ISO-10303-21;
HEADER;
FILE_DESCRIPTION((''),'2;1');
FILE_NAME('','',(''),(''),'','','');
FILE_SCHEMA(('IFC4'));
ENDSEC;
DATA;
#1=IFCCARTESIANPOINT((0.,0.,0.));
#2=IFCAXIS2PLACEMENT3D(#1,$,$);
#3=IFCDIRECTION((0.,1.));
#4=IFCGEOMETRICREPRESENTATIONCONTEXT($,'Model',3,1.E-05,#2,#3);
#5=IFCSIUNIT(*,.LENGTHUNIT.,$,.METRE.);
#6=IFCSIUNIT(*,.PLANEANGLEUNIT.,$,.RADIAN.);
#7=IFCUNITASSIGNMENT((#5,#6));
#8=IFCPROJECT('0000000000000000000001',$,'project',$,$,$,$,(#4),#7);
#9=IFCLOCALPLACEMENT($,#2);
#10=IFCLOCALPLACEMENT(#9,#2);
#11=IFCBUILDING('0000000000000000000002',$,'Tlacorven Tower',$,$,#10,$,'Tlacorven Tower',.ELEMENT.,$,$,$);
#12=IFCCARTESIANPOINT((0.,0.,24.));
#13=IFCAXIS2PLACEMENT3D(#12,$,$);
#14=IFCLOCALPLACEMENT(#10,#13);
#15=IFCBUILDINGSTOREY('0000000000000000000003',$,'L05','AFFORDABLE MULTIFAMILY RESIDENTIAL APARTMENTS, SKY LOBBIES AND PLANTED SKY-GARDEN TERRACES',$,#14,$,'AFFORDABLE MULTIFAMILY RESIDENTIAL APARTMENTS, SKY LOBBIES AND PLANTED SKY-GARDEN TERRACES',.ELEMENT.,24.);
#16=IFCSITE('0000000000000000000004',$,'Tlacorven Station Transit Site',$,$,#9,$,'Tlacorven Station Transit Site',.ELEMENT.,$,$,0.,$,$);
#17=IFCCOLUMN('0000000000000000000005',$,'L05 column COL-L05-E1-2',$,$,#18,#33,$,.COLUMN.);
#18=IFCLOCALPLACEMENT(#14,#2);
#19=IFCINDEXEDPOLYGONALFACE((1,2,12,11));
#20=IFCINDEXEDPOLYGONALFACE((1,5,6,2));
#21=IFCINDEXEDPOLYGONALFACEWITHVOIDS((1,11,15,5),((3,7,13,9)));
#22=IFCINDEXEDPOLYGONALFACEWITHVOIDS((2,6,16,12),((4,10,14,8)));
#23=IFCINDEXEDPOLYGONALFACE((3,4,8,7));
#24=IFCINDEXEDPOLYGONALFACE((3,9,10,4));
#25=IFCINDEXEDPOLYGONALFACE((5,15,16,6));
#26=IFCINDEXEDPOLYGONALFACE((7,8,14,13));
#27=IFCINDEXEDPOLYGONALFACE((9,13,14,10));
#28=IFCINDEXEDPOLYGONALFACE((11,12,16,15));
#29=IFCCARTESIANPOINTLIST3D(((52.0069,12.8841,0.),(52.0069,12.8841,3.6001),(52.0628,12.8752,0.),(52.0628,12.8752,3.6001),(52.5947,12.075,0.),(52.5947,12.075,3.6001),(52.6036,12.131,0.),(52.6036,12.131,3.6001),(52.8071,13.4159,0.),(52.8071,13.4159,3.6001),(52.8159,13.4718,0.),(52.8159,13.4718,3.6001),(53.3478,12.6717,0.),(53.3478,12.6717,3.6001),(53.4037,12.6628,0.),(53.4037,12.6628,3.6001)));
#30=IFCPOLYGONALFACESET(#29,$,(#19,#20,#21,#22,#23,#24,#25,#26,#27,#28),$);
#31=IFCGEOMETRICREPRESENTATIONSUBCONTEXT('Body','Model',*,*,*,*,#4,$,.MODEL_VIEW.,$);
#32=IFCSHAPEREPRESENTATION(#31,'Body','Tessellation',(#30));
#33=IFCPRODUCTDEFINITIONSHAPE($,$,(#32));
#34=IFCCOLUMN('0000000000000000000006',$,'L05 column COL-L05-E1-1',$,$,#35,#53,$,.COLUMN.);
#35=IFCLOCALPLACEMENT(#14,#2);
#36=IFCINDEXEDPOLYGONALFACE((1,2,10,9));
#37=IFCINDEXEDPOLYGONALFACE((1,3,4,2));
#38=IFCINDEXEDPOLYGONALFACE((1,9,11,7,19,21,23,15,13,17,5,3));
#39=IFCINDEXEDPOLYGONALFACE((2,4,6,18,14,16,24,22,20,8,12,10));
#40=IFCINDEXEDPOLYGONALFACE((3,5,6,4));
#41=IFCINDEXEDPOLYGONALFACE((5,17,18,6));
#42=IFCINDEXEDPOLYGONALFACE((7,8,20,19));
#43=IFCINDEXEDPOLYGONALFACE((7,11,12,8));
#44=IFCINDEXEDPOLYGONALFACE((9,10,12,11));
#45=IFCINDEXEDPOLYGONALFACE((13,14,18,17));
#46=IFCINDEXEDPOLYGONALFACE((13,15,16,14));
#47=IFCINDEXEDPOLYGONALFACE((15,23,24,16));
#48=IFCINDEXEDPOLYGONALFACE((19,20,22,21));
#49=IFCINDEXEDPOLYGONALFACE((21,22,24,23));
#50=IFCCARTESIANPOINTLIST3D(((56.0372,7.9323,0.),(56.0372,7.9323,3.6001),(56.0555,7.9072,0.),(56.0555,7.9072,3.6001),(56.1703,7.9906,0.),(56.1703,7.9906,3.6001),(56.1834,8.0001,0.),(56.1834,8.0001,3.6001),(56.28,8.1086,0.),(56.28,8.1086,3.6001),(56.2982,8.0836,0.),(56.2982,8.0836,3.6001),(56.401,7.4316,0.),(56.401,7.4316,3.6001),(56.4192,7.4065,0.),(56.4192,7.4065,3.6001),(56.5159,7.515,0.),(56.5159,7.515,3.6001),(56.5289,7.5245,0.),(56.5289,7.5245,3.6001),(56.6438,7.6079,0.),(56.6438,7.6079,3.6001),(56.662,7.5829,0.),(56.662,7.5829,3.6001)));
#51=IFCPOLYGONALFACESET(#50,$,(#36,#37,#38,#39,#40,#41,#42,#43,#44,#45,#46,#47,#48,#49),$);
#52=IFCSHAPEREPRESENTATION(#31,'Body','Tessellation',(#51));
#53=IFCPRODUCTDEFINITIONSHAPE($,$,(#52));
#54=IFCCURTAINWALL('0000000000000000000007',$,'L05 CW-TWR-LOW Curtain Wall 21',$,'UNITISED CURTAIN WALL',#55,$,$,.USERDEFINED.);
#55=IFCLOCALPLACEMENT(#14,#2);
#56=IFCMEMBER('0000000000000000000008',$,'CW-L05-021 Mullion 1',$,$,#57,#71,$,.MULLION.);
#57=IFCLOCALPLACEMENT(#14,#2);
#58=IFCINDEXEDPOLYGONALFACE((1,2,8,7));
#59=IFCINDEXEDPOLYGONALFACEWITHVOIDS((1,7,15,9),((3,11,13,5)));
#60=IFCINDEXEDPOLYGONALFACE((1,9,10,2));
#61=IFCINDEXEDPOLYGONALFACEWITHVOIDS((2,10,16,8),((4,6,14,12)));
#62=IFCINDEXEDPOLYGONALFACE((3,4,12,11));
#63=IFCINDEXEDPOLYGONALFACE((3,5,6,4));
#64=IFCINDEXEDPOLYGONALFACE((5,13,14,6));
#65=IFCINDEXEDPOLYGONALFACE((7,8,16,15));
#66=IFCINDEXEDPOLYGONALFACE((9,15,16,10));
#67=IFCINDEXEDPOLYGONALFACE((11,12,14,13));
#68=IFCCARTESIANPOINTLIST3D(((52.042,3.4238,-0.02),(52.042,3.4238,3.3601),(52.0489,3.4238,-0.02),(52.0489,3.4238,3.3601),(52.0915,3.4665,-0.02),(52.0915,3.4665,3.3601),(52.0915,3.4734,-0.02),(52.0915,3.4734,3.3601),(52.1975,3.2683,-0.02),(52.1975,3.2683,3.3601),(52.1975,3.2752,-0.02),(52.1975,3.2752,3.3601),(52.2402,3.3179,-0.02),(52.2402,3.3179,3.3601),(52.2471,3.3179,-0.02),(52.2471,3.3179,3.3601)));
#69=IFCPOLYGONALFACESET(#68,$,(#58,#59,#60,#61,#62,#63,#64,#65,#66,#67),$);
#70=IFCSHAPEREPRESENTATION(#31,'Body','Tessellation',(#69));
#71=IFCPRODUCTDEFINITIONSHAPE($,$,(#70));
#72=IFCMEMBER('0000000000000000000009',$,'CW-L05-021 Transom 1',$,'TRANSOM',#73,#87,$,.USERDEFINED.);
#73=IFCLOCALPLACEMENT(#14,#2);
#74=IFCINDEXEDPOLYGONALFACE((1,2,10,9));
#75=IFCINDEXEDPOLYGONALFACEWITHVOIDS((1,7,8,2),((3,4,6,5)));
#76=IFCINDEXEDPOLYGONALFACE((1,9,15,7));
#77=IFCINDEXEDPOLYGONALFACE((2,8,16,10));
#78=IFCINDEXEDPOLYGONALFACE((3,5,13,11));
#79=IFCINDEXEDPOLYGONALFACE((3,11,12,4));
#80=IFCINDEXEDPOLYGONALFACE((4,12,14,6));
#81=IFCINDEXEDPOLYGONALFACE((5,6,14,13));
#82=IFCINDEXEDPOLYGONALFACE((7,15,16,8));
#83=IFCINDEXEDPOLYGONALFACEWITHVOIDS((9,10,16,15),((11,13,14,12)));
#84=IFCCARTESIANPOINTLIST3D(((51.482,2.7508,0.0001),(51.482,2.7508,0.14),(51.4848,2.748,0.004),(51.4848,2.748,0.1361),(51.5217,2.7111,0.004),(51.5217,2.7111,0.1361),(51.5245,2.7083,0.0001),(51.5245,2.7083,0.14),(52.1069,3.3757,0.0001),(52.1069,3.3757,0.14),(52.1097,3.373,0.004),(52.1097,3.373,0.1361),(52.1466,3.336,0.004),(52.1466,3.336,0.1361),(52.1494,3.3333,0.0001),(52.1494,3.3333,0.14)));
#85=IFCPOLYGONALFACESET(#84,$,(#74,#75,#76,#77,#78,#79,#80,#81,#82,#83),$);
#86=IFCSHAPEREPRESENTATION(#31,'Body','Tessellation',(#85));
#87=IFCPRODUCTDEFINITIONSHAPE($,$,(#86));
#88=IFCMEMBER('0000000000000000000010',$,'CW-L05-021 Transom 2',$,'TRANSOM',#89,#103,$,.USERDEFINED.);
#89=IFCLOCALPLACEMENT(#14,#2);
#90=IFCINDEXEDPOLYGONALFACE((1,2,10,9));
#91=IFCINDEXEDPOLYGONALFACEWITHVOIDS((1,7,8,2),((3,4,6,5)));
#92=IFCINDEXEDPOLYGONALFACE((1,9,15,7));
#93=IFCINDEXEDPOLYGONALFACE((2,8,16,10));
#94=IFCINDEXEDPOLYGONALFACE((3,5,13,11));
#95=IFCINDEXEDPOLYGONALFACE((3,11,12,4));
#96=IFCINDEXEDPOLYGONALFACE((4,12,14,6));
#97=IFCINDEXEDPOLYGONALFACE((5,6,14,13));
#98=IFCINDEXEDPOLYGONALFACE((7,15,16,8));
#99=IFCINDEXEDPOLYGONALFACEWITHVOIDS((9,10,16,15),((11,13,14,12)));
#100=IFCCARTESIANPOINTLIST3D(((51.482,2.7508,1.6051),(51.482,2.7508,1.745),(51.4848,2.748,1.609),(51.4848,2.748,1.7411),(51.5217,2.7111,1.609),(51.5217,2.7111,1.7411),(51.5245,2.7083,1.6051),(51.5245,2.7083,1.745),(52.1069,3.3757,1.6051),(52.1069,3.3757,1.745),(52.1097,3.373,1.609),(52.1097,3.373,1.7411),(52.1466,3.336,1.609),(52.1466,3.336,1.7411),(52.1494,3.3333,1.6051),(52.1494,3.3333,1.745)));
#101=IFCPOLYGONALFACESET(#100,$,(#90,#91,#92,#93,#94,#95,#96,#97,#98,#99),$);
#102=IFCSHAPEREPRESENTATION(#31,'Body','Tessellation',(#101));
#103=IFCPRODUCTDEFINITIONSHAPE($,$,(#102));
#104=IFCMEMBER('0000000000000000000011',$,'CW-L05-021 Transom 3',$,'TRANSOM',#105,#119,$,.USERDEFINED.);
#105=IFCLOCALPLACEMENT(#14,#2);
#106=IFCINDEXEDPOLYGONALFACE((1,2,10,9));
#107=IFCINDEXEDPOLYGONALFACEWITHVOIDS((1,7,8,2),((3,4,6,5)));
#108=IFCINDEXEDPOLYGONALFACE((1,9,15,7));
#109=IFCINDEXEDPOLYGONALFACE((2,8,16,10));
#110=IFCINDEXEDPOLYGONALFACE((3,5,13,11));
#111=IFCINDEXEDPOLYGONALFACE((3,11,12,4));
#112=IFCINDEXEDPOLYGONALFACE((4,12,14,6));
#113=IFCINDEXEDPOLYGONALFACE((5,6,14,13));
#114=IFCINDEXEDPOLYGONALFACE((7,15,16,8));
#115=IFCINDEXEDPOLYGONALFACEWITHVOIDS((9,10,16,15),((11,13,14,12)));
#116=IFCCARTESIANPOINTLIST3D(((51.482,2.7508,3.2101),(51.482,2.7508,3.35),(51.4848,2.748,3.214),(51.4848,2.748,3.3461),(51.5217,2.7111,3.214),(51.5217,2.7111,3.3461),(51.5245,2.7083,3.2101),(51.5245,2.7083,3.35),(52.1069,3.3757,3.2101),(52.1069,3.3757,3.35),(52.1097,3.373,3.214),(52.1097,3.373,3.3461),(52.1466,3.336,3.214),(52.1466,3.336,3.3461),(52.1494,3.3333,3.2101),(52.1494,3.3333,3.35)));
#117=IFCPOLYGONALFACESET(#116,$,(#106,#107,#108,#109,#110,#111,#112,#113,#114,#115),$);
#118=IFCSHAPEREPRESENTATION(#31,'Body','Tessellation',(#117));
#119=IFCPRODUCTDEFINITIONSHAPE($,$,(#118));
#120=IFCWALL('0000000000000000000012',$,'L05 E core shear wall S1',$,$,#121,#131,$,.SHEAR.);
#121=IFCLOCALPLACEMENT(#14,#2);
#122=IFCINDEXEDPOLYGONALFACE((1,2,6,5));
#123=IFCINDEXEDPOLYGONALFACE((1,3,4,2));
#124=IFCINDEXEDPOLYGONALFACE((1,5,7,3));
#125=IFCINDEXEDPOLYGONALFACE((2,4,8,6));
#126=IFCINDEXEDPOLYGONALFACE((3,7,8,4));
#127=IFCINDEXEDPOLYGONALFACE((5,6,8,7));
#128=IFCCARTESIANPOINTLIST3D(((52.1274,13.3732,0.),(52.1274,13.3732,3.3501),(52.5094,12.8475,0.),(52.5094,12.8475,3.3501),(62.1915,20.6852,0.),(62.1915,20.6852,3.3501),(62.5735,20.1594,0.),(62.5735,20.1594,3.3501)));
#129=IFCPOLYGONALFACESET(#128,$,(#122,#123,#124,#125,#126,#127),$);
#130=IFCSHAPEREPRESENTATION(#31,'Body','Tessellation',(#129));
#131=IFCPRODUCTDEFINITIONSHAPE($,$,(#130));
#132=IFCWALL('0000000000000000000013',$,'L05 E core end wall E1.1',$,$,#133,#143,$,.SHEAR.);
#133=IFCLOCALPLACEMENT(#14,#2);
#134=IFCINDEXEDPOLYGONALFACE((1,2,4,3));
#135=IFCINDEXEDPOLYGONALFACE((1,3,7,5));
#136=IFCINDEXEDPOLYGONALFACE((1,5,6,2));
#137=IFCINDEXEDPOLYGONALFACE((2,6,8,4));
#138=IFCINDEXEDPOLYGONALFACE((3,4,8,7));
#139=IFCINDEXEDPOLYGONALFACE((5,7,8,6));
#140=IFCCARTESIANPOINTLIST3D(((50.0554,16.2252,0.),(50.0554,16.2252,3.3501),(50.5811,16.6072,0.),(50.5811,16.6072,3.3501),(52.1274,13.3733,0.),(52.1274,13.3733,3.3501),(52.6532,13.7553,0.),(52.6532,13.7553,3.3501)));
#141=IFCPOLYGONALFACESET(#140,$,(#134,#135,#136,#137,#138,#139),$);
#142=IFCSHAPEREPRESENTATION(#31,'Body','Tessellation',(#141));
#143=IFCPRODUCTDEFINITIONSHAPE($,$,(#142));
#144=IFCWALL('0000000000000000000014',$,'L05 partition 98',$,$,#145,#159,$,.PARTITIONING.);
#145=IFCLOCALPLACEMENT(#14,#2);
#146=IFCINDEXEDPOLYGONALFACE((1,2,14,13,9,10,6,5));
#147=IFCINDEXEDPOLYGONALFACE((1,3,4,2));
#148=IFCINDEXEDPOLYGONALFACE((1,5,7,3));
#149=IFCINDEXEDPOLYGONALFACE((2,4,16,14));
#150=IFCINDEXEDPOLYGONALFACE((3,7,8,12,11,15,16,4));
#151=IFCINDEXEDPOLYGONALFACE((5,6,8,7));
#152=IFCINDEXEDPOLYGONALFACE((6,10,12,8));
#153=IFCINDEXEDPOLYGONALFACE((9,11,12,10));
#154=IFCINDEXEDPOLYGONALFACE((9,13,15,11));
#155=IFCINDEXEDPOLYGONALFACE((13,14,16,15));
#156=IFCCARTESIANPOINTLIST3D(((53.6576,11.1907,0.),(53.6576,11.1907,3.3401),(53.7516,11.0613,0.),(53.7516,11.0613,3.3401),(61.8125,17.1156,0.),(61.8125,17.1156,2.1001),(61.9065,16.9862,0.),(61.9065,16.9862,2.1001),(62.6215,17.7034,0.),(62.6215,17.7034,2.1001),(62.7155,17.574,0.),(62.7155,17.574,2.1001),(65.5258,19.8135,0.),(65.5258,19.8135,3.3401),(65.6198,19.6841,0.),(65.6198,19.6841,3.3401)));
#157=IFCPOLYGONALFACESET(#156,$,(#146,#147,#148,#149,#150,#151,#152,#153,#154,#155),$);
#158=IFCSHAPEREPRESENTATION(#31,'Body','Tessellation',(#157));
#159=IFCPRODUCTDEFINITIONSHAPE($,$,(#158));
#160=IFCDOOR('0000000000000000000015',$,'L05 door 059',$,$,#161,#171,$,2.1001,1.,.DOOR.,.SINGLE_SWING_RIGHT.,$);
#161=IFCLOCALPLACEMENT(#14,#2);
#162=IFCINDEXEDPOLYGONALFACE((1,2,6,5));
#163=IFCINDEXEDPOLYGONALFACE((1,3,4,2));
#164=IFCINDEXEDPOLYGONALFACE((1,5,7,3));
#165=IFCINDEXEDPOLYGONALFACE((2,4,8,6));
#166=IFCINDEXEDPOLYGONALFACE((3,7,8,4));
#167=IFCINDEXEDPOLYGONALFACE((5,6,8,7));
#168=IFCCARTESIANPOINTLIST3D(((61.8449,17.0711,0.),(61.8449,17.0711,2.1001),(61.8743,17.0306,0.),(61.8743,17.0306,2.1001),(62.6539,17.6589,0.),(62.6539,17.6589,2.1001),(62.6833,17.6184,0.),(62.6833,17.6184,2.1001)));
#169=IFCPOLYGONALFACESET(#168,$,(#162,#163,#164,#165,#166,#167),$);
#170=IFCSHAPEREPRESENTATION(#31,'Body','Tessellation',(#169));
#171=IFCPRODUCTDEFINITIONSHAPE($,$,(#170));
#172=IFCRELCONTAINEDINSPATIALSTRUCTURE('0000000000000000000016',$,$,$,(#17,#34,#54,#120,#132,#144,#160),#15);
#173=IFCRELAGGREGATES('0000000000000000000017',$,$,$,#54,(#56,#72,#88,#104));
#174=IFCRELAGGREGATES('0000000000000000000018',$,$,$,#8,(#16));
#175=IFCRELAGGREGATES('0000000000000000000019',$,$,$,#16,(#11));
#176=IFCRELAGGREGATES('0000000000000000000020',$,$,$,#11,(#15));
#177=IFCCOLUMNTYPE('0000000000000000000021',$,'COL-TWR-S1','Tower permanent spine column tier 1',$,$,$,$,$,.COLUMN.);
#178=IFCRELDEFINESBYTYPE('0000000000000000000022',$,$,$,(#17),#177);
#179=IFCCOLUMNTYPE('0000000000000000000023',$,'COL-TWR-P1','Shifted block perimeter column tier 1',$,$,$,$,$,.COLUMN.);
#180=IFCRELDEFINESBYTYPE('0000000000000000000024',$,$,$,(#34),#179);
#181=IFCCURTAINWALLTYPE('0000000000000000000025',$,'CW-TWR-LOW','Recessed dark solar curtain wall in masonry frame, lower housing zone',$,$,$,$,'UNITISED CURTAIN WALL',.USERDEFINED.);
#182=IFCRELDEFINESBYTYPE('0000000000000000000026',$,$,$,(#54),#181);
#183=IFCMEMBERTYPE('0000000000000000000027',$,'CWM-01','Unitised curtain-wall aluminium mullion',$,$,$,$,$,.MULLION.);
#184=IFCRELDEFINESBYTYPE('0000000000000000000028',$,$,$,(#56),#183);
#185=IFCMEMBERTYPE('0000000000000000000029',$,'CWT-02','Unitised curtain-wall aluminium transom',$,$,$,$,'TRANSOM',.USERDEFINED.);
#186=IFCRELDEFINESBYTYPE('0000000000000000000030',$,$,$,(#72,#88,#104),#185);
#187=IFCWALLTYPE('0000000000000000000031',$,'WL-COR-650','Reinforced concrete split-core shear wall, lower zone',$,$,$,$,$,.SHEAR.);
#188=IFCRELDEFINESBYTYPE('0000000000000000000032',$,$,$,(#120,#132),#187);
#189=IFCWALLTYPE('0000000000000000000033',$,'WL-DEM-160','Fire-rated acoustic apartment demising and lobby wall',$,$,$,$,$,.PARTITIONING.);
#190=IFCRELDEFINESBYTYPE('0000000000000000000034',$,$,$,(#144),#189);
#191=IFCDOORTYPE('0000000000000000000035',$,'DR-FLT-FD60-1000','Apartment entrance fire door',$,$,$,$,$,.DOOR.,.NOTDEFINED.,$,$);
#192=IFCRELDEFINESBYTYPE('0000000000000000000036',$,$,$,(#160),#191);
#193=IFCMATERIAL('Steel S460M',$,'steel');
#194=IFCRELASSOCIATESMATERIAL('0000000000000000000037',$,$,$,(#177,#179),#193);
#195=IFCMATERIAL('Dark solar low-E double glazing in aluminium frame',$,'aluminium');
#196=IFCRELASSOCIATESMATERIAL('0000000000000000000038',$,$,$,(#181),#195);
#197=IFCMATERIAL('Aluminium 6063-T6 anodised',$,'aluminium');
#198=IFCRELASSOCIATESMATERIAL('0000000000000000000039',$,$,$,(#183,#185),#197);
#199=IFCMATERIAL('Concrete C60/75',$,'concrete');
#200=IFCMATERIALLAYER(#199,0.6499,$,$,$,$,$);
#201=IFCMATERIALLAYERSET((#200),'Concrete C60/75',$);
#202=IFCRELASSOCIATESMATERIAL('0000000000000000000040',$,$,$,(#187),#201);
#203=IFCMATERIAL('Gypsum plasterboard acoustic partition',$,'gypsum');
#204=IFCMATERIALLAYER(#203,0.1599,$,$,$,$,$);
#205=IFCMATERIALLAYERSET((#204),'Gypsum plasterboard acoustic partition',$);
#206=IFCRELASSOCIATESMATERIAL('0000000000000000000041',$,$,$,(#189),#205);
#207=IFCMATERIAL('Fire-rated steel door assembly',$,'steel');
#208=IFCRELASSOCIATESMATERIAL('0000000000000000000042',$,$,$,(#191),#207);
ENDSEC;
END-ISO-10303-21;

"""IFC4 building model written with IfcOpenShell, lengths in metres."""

from ifc_helpers import new_model, si_unit, direction, frame, frame_2d, origin, origin_2d, place, context, subcontext, project, spatial, rectangle, hollow_rectangle, i_section, extrude, source, transform, mapped, material, layer, layer_set, material_profile, profile_set, type_object, element, fill, aggregate, save


model = new_model("IFC4")

# Units and contexts
model_context = context("Model", 3, precision=1e-05, world=origin(), true_north=direction((0.0, 1.0)))
body_context = subcontext(model_context, "Body", "Model", "MODEL_VIEW")
ifc_project = project(units=[si_unit("LENGTHUNIT", "METRE"), si_unit("PLANEANGLEUNIT", "RADIAN")], contexts=[model_context])

# Site, building, storey
site_placement = place(None, origin())
site = spatial("IfcSite", under=ifc_project, at=site_placement, Name="Tlacorven Station Transit Site", LongName="Tlacorven Station Transit Site", CompositionType="ELEMENT", RefElevation=0.0)
building_placement = place(site_placement, origin())
building = spatial("IfcBuilding", under=site, at=building_placement, Name="Tlacorven Tower", LongName="Tlacorven Tower", CompositionType="ELEMENT")
storey_placement = place(building_placement, frame((0.0, 0.0, 24.0)))
storey = spatial("IfcBuildingStorey", under=building, at=storey_placement, Name="L05", Description="AFFORDABLE MULTIFAMILY RESIDENTIAL APARTMENTS, SKY LOBBIES AND PLANTED SKY-GARDEN TERRACES", LongName="AFFORDABLE MULTIFAMILY RESIDENTIAL APARTMENTS, SKY LOBBIES AND PLANTED SKY-GARDEN TERRACES", CompositionType="ELEMENT", Elevation=24.0)

# Columns
ifc_material_1 = material(Name="Steel S460M", Category="steel")
ifc_material_profile_1 = material_profile(ifc_material_1, hollow_rectangle(XDim=1.0, YDim=1.0, WallThickness=0.04, at=origin_2d()), Name="BOX 1000X1000X40")
ifc_profile_set_1 = profile_set([ifc_material_profile_1], Name="Steel S460M")
column_type_1 = type_object("IfcColumnType", Name="COL-TWR-S1", Description="Tower permanent spine column tier 1", PredefinedType="COLUMN", material=ifc_profile_set_1)
shared_shape_1 = source(origin(), body_context, "Body", "SweptSolid", [
    extrude(hollow_rectangle(XDim=1.0, YDim=1.0, WallThickness=0.04, at=origin_2d()), origin(), (0.0, 0.0, 1.0), 3.6001),
])
column_1_placement = place(storey_placement, frame((52.7053, 12.7734, 0.0), z_axis=(0.0, 0.0, 1.0), x_axis=(0.809017, 0.587785, 0.0)))
element("IfcColumn", 1, at=column_1_placement, inside=storey, type_object=column_type_1, Name="L05 column COL-L05-E1-2", PredefinedType="COLUMN", context=body_context, shape_type="MappedRepresentation", body=[
    mapped(shared_shape_1, transform((0.0, 0.0, 0.0), scale=1.0)),
])
ifc_material_profile_2 = material_profile(ifc_material_1, i_section(OverallWidth=0.3, OverallDepth=0.6499, WebThickness=0.0161, FlangeThickness=0.031, at=origin_2d()), Name="HEB 650")
ifc_profile_set_2 = profile_set([ifc_material_profile_2], Name="Steel S460M")
column_type_2 = type_object("IfcColumnType", Name="COL-TWR-P1", Description="Shifted block perimeter column tier 1", PredefinedType="COLUMN", material=ifc_profile_set_2)
shared_shape_2 = source(origin(), body_context, "Body", "SweptSolid", [
    extrude(i_section(OverallWidth=0.3, OverallDepth=0.6499, WebThickness=0.0161, FlangeThickness=0.031, at=origin_2d()), origin(), (0.0, 0.0, 1.0), 3.6001),
])
column_2_placement = place(storey_placement, frame((56.3496, 7.7576, 0.0), z_axis=(0.0, 0.0, 1.0), x_axis=(0.809017, 0.587785, 0.0)))
element("IfcColumn", 2, at=column_2_placement, inside=storey, type_object=column_type_2, Name="L05 column COL-L05-E1-1", PredefinedType="COLUMN", context=body_context, shape_type="MappedRepresentation", body=[
    mapped(shared_shape_2, transform((0.0, 0.0, 0.0), scale=1.0)),
])

# Curtain wall, members
ifc_material_2 = material(Name="Dark solar low-E double glazing in aluminium frame", Category="aluminium")
curtain_wall_type = type_object("IfcCurtainWallType", Name="CW-TWR-LOW", Description="Recessed dark solar curtain wall in masonry frame, lower housing zone", ElementType="UNITISED CURTAIN WALL", PredefinedType="USERDEFINED", material=ifc_material_2)
curtain_wall_placement = place(storey_placement, origin())
curtain_wall = element("IfcCurtainWall", 3, at=curtain_wall_placement, inside=storey, type_object=curtain_wall_type, Name="L05 CW-TWR-LOW Curtain Wall 21", ObjectType="UNITISED CURTAIN WALL", PredefinedType="USERDEFINED")
ifc_material_3 = material(Name="Aluminium 6063-T6 anodised", Category="aluminium")
ifc_material_profile_3 = material_profile(ifc_material_3, hollow_rectangle(XDim=0.0701, YDim=0.22, WallThickness=0.0049, at=origin_2d()), Name="ALU MULLION 70X220")
ifc_profile_set_3 = profile_set([ifc_material_profile_3], Name="Aluminium 6063-T6 anodised")
member_type_1 = type_object("IfcMemberType", Name="CWM-01", Description="Unitised curtain-wall aluminium mullion", PredefinedType="MULLION", material=ifc_profile_set_3)
shared_shape_3 = source(origin(), body_context, "Body", "SweptSolid", [
    extrude(hollow_rectangle(XDim=0.0701, YDim=0.22, WallThickness=0.0049, at=origin_2d()), origin(), (0.0, 0.0, 1.0), 3.3801),
])
member_1_placement = place(storey_placement, frame((52.1445, 3.3708, -0.02), z_axis=(0.0, 0.0, 1.0), x_axis=(-0.707107, -0.707107, 0.0)))
member_1 = element("IfcMember", 4, at=member_1_placement, type_object=member_type_1, Name="CW-L05-021 Mullion 1", PredefinedType="MULLION", context=body_context, shape_type="MappedRepresentation", body=[
    mapped(shared_shape_3, transform((0.0, 0.0, 0.0), scale=1.0)),
])
ifc_material_profile_4 = material_profile(ifc_material_3, hollow_rectangle(XDim=0.0601, YDim=0.1399, WallThickness=0.0039, at=origin_2d()), Name="ALU TRANSOM 60X140")
ifc_profile_set_4 = profile_set([ifc_material_profile_4], Name="Aluminium 6063-T6 anodised")
member_type_2 = type_object("IfcMemberType", Name="CWT-02", Description="Unitised curtain-wall aluminium transom", ElementType="TRANSOM", PredefinedType="USERDEFINED", material=ifc_profile_set_4)
shared_shape_4 = source(origin(), body_context, "Body", "SweptSolid", [
    extrude(hollow_rectangle(XDim=0.0601, YDim=0.1399, WallThickness=0.0039, at=origin_2d()), origin(), (0.0, 0.0, 1.0), 0.8838),
])
member_2_placement = place(storey_placement, frame((52.1282, 3.3545, 0.0701), z_axis=(-0.707107, -0.707107, 0.0), x_axis=(0.707107, -0.707107, 0.0)))
member_2 = element("IfcMember", 5, at=member_2_placement, type_object=member_type_2, Name="CW-L05-021 Transom 1", ObjectType="TRANSOM", PredefinedType="USERDEFINED", context=body_context, shape_type="MappedRepresentation", body=[
    mapped(shared_shape_4, transform((0.0, 0.0, 0.0), scale=1.0)),
])
member_3_placement = place(storey_placement, frame((52.1282, 3.3545, 1.675), z_axis=(-0.707107, -0.707107, 0.0), x_axis=(0.707107, -0.707107, 0.0)))
member_3 = element("IfcMember", 6, at=member_3_placement, type_object=member_type_2, Name="CW-L05-021 Transom 2", ObjectType="TRANSOM", PredefinedType="USERDEFINED", context=body_context, shape_type="MappedRepresentation", body=[
    mapped(shared_shape_4, transform((0.0, 0.0, 0.0), scale=1.0)),
])
member_4_placement = place(storey_placement, frame((52.1282, 3.3545, 3.28), z_axis=(-0.707107, -0.707107, 0.0), x_axis=(0.707107, -0.707107, 0.0)))
member_4 = element("IfcMember", 7, at=member_4_placement, type_object=member_type_2, Name="CW-L05-021 Transom 3", ObjectType="TRANSOM", PredefinedType="USERDEFINED", context=body_context, shape_type="MappedRepresentation", body=[
    mapped(shared_shape_4, transform((0.0, 0.0, 0.0), scale=1.0)),
])
aggregate(curtain_wall, [member_1, member_2, member_3, member_4])

# Walls
ifc_material_4 = material(Name="Concrete C60/75", Category="concrete")
ifc_layer_1 = layer(ifc_material_4, 0.6499)
ifc_layer_set_1 = layer_set([ifc_layer_1], Name="Concrete C60/75")
wall_type_1 = type_object("IfcWallType", Name="WL-COR-650", Description="Reinforced concrete split-core shear wall, lower zone", PredefinedType="SHEAR", material=ifc_layer_set_1)
wall_1_placement = place(storey_placement, frame((52.3184, 13.1104, 0.0), z_axis=(0.0, 0.0, 1.0), x_axis=(0.809019, 0.587782, 0.0)))
element("IfcWall", 8, at=wall_1_placement, inside=storey, type_object=wall_type_1, Name="L05 E core shear wall S1", PredefinedType="SHEAR", context=body_context, shape_type="SweptSolid", body=[
    extrude(rectangle(XDim=12.4399, YDim=0.6499, at=frame_2d((6.22, 0.0))), origin(), (0.0, 0.0, 1.0), 3.3501),
])
wall_2_placement = place(storey_placement, frame((52.3904, 13.5642, 0.0), z_axis=(0.0, 0.0, 1.0), x_axis=(-0.587797, 0.809009, 0.0)))
element("IfcWall", 9, at=wall_2_placement, inside=storey, type_object=wall_type_1, Name="L05 E core end wall E1.1", PredefinedType="SHEAR", context=body_context, shape_type="SweptSolid", body=[
    extrude(rectangle(XDim=3.5251, YDim=0.6499, at=frame_2d((1.7627, 0.0))), origin(), (0.0, 0.0, 1.0), 3.3501),
])

# Wall, opening, door
ifc_material_5 = material(Name="Gypsum plasterboard acoustic partition", Category="gypsum")
ifc_layer_2 = layer(ifc_material_5, 0.1599)
ifc_layer_set_2 = layer_set([ifc_layer_2], Name="Gypsum plasterboard acoustic partition")
wall_type_2 = type_object("IfcWallType", Name="WL-DEM-160", Description="Fire-rated acoustic apartment demising and lobby wall", PredefinedType="PARTITIONING", material=ifc_layer_set_2)
wall_3_placement = place(storey_placement, frame((53.7046, 11.126, 0.0), z_axis=(0.0, 0.0, 1.0), x_axis=(0.809015, 0.587789, 0.0)))
wall_3 = element("IfcWall", 10, at=wall_3_placement, inside=storey, type_object=wall_type_2, Name="L05 partition 98", PredefinedType="PARTITIONING", context=body_context, shape_type="SweptSolid", body=[
    extrude(rectangle(XDim=14.6699, YDim=0.1599, at=frame_2d((7.335, 0.0))), origin(), (0.0, 0.0, 1.0), 3.3401),
])
opening_1_placement = place(wall_3_placement, frame((10.0801, 0.0, 0.0)))
opening_1 = element("IfcOpeningElement", 11, at=opening_1_placement, cuts=wall_3, PredefinedType="OPENING", context=body_context, shape_type="SweptSolid", body=[
    extrude(rectangle(XDim=1.0, YDim=2.1001, at=frame_2d((0.5, 1.05))), frame((0.0, 0.0898, 0.0), z_axis=(0.0, -1.0, 0.0), x_axis=(1.0, 0.0, 0.0)), (0.0, 0.0, 1.0), 0.1799),
])
ifc_material_6 = material(Name="Fire-rated steel door assembly", Category="steel")
door_type_1 = type_object("IfcDoorType", Name="DR-FLT-FD60-1000", Description="Apartment entrance fire door", OperationType="NOTDEFINED", PredefinedType="DOOR", material=ifc_material_6)
shared_shape_5 = source(origin(), body_context, "Body", "SweptSolid", [
    extrude(rectangle(XDim=1.0, YDim=2.1001, at=frame_2d((0.5, 1.05))), frame((0.0, 0.0249, 0.0), z_axis=(0.0, -1.0, 0.0), x_axis=(1.0, 0.0, 0.0)), (0.0, 0.0, 1.0), 0.05),
])
door_1_placement = place(opening_1_placement, origin())
door_1 = element("IfcDoor", 12, at=door_1_placement, inside=storey, type_object=door_type_1, Name="L05 door 059", OperationType="SINGLE_SWING_RIGHT", OverallHeight=2.1001, OverallWidth=1.0, PredefinedType="DOOR", context=body_context, shape_type="MappedRepresentation", body=[
    mapped(shared_shape_5, transform((0.0, 0.0, 0.0), scale=1.0)),
])
fill(opening_1, door_1)

save(model, "model.ifc")
